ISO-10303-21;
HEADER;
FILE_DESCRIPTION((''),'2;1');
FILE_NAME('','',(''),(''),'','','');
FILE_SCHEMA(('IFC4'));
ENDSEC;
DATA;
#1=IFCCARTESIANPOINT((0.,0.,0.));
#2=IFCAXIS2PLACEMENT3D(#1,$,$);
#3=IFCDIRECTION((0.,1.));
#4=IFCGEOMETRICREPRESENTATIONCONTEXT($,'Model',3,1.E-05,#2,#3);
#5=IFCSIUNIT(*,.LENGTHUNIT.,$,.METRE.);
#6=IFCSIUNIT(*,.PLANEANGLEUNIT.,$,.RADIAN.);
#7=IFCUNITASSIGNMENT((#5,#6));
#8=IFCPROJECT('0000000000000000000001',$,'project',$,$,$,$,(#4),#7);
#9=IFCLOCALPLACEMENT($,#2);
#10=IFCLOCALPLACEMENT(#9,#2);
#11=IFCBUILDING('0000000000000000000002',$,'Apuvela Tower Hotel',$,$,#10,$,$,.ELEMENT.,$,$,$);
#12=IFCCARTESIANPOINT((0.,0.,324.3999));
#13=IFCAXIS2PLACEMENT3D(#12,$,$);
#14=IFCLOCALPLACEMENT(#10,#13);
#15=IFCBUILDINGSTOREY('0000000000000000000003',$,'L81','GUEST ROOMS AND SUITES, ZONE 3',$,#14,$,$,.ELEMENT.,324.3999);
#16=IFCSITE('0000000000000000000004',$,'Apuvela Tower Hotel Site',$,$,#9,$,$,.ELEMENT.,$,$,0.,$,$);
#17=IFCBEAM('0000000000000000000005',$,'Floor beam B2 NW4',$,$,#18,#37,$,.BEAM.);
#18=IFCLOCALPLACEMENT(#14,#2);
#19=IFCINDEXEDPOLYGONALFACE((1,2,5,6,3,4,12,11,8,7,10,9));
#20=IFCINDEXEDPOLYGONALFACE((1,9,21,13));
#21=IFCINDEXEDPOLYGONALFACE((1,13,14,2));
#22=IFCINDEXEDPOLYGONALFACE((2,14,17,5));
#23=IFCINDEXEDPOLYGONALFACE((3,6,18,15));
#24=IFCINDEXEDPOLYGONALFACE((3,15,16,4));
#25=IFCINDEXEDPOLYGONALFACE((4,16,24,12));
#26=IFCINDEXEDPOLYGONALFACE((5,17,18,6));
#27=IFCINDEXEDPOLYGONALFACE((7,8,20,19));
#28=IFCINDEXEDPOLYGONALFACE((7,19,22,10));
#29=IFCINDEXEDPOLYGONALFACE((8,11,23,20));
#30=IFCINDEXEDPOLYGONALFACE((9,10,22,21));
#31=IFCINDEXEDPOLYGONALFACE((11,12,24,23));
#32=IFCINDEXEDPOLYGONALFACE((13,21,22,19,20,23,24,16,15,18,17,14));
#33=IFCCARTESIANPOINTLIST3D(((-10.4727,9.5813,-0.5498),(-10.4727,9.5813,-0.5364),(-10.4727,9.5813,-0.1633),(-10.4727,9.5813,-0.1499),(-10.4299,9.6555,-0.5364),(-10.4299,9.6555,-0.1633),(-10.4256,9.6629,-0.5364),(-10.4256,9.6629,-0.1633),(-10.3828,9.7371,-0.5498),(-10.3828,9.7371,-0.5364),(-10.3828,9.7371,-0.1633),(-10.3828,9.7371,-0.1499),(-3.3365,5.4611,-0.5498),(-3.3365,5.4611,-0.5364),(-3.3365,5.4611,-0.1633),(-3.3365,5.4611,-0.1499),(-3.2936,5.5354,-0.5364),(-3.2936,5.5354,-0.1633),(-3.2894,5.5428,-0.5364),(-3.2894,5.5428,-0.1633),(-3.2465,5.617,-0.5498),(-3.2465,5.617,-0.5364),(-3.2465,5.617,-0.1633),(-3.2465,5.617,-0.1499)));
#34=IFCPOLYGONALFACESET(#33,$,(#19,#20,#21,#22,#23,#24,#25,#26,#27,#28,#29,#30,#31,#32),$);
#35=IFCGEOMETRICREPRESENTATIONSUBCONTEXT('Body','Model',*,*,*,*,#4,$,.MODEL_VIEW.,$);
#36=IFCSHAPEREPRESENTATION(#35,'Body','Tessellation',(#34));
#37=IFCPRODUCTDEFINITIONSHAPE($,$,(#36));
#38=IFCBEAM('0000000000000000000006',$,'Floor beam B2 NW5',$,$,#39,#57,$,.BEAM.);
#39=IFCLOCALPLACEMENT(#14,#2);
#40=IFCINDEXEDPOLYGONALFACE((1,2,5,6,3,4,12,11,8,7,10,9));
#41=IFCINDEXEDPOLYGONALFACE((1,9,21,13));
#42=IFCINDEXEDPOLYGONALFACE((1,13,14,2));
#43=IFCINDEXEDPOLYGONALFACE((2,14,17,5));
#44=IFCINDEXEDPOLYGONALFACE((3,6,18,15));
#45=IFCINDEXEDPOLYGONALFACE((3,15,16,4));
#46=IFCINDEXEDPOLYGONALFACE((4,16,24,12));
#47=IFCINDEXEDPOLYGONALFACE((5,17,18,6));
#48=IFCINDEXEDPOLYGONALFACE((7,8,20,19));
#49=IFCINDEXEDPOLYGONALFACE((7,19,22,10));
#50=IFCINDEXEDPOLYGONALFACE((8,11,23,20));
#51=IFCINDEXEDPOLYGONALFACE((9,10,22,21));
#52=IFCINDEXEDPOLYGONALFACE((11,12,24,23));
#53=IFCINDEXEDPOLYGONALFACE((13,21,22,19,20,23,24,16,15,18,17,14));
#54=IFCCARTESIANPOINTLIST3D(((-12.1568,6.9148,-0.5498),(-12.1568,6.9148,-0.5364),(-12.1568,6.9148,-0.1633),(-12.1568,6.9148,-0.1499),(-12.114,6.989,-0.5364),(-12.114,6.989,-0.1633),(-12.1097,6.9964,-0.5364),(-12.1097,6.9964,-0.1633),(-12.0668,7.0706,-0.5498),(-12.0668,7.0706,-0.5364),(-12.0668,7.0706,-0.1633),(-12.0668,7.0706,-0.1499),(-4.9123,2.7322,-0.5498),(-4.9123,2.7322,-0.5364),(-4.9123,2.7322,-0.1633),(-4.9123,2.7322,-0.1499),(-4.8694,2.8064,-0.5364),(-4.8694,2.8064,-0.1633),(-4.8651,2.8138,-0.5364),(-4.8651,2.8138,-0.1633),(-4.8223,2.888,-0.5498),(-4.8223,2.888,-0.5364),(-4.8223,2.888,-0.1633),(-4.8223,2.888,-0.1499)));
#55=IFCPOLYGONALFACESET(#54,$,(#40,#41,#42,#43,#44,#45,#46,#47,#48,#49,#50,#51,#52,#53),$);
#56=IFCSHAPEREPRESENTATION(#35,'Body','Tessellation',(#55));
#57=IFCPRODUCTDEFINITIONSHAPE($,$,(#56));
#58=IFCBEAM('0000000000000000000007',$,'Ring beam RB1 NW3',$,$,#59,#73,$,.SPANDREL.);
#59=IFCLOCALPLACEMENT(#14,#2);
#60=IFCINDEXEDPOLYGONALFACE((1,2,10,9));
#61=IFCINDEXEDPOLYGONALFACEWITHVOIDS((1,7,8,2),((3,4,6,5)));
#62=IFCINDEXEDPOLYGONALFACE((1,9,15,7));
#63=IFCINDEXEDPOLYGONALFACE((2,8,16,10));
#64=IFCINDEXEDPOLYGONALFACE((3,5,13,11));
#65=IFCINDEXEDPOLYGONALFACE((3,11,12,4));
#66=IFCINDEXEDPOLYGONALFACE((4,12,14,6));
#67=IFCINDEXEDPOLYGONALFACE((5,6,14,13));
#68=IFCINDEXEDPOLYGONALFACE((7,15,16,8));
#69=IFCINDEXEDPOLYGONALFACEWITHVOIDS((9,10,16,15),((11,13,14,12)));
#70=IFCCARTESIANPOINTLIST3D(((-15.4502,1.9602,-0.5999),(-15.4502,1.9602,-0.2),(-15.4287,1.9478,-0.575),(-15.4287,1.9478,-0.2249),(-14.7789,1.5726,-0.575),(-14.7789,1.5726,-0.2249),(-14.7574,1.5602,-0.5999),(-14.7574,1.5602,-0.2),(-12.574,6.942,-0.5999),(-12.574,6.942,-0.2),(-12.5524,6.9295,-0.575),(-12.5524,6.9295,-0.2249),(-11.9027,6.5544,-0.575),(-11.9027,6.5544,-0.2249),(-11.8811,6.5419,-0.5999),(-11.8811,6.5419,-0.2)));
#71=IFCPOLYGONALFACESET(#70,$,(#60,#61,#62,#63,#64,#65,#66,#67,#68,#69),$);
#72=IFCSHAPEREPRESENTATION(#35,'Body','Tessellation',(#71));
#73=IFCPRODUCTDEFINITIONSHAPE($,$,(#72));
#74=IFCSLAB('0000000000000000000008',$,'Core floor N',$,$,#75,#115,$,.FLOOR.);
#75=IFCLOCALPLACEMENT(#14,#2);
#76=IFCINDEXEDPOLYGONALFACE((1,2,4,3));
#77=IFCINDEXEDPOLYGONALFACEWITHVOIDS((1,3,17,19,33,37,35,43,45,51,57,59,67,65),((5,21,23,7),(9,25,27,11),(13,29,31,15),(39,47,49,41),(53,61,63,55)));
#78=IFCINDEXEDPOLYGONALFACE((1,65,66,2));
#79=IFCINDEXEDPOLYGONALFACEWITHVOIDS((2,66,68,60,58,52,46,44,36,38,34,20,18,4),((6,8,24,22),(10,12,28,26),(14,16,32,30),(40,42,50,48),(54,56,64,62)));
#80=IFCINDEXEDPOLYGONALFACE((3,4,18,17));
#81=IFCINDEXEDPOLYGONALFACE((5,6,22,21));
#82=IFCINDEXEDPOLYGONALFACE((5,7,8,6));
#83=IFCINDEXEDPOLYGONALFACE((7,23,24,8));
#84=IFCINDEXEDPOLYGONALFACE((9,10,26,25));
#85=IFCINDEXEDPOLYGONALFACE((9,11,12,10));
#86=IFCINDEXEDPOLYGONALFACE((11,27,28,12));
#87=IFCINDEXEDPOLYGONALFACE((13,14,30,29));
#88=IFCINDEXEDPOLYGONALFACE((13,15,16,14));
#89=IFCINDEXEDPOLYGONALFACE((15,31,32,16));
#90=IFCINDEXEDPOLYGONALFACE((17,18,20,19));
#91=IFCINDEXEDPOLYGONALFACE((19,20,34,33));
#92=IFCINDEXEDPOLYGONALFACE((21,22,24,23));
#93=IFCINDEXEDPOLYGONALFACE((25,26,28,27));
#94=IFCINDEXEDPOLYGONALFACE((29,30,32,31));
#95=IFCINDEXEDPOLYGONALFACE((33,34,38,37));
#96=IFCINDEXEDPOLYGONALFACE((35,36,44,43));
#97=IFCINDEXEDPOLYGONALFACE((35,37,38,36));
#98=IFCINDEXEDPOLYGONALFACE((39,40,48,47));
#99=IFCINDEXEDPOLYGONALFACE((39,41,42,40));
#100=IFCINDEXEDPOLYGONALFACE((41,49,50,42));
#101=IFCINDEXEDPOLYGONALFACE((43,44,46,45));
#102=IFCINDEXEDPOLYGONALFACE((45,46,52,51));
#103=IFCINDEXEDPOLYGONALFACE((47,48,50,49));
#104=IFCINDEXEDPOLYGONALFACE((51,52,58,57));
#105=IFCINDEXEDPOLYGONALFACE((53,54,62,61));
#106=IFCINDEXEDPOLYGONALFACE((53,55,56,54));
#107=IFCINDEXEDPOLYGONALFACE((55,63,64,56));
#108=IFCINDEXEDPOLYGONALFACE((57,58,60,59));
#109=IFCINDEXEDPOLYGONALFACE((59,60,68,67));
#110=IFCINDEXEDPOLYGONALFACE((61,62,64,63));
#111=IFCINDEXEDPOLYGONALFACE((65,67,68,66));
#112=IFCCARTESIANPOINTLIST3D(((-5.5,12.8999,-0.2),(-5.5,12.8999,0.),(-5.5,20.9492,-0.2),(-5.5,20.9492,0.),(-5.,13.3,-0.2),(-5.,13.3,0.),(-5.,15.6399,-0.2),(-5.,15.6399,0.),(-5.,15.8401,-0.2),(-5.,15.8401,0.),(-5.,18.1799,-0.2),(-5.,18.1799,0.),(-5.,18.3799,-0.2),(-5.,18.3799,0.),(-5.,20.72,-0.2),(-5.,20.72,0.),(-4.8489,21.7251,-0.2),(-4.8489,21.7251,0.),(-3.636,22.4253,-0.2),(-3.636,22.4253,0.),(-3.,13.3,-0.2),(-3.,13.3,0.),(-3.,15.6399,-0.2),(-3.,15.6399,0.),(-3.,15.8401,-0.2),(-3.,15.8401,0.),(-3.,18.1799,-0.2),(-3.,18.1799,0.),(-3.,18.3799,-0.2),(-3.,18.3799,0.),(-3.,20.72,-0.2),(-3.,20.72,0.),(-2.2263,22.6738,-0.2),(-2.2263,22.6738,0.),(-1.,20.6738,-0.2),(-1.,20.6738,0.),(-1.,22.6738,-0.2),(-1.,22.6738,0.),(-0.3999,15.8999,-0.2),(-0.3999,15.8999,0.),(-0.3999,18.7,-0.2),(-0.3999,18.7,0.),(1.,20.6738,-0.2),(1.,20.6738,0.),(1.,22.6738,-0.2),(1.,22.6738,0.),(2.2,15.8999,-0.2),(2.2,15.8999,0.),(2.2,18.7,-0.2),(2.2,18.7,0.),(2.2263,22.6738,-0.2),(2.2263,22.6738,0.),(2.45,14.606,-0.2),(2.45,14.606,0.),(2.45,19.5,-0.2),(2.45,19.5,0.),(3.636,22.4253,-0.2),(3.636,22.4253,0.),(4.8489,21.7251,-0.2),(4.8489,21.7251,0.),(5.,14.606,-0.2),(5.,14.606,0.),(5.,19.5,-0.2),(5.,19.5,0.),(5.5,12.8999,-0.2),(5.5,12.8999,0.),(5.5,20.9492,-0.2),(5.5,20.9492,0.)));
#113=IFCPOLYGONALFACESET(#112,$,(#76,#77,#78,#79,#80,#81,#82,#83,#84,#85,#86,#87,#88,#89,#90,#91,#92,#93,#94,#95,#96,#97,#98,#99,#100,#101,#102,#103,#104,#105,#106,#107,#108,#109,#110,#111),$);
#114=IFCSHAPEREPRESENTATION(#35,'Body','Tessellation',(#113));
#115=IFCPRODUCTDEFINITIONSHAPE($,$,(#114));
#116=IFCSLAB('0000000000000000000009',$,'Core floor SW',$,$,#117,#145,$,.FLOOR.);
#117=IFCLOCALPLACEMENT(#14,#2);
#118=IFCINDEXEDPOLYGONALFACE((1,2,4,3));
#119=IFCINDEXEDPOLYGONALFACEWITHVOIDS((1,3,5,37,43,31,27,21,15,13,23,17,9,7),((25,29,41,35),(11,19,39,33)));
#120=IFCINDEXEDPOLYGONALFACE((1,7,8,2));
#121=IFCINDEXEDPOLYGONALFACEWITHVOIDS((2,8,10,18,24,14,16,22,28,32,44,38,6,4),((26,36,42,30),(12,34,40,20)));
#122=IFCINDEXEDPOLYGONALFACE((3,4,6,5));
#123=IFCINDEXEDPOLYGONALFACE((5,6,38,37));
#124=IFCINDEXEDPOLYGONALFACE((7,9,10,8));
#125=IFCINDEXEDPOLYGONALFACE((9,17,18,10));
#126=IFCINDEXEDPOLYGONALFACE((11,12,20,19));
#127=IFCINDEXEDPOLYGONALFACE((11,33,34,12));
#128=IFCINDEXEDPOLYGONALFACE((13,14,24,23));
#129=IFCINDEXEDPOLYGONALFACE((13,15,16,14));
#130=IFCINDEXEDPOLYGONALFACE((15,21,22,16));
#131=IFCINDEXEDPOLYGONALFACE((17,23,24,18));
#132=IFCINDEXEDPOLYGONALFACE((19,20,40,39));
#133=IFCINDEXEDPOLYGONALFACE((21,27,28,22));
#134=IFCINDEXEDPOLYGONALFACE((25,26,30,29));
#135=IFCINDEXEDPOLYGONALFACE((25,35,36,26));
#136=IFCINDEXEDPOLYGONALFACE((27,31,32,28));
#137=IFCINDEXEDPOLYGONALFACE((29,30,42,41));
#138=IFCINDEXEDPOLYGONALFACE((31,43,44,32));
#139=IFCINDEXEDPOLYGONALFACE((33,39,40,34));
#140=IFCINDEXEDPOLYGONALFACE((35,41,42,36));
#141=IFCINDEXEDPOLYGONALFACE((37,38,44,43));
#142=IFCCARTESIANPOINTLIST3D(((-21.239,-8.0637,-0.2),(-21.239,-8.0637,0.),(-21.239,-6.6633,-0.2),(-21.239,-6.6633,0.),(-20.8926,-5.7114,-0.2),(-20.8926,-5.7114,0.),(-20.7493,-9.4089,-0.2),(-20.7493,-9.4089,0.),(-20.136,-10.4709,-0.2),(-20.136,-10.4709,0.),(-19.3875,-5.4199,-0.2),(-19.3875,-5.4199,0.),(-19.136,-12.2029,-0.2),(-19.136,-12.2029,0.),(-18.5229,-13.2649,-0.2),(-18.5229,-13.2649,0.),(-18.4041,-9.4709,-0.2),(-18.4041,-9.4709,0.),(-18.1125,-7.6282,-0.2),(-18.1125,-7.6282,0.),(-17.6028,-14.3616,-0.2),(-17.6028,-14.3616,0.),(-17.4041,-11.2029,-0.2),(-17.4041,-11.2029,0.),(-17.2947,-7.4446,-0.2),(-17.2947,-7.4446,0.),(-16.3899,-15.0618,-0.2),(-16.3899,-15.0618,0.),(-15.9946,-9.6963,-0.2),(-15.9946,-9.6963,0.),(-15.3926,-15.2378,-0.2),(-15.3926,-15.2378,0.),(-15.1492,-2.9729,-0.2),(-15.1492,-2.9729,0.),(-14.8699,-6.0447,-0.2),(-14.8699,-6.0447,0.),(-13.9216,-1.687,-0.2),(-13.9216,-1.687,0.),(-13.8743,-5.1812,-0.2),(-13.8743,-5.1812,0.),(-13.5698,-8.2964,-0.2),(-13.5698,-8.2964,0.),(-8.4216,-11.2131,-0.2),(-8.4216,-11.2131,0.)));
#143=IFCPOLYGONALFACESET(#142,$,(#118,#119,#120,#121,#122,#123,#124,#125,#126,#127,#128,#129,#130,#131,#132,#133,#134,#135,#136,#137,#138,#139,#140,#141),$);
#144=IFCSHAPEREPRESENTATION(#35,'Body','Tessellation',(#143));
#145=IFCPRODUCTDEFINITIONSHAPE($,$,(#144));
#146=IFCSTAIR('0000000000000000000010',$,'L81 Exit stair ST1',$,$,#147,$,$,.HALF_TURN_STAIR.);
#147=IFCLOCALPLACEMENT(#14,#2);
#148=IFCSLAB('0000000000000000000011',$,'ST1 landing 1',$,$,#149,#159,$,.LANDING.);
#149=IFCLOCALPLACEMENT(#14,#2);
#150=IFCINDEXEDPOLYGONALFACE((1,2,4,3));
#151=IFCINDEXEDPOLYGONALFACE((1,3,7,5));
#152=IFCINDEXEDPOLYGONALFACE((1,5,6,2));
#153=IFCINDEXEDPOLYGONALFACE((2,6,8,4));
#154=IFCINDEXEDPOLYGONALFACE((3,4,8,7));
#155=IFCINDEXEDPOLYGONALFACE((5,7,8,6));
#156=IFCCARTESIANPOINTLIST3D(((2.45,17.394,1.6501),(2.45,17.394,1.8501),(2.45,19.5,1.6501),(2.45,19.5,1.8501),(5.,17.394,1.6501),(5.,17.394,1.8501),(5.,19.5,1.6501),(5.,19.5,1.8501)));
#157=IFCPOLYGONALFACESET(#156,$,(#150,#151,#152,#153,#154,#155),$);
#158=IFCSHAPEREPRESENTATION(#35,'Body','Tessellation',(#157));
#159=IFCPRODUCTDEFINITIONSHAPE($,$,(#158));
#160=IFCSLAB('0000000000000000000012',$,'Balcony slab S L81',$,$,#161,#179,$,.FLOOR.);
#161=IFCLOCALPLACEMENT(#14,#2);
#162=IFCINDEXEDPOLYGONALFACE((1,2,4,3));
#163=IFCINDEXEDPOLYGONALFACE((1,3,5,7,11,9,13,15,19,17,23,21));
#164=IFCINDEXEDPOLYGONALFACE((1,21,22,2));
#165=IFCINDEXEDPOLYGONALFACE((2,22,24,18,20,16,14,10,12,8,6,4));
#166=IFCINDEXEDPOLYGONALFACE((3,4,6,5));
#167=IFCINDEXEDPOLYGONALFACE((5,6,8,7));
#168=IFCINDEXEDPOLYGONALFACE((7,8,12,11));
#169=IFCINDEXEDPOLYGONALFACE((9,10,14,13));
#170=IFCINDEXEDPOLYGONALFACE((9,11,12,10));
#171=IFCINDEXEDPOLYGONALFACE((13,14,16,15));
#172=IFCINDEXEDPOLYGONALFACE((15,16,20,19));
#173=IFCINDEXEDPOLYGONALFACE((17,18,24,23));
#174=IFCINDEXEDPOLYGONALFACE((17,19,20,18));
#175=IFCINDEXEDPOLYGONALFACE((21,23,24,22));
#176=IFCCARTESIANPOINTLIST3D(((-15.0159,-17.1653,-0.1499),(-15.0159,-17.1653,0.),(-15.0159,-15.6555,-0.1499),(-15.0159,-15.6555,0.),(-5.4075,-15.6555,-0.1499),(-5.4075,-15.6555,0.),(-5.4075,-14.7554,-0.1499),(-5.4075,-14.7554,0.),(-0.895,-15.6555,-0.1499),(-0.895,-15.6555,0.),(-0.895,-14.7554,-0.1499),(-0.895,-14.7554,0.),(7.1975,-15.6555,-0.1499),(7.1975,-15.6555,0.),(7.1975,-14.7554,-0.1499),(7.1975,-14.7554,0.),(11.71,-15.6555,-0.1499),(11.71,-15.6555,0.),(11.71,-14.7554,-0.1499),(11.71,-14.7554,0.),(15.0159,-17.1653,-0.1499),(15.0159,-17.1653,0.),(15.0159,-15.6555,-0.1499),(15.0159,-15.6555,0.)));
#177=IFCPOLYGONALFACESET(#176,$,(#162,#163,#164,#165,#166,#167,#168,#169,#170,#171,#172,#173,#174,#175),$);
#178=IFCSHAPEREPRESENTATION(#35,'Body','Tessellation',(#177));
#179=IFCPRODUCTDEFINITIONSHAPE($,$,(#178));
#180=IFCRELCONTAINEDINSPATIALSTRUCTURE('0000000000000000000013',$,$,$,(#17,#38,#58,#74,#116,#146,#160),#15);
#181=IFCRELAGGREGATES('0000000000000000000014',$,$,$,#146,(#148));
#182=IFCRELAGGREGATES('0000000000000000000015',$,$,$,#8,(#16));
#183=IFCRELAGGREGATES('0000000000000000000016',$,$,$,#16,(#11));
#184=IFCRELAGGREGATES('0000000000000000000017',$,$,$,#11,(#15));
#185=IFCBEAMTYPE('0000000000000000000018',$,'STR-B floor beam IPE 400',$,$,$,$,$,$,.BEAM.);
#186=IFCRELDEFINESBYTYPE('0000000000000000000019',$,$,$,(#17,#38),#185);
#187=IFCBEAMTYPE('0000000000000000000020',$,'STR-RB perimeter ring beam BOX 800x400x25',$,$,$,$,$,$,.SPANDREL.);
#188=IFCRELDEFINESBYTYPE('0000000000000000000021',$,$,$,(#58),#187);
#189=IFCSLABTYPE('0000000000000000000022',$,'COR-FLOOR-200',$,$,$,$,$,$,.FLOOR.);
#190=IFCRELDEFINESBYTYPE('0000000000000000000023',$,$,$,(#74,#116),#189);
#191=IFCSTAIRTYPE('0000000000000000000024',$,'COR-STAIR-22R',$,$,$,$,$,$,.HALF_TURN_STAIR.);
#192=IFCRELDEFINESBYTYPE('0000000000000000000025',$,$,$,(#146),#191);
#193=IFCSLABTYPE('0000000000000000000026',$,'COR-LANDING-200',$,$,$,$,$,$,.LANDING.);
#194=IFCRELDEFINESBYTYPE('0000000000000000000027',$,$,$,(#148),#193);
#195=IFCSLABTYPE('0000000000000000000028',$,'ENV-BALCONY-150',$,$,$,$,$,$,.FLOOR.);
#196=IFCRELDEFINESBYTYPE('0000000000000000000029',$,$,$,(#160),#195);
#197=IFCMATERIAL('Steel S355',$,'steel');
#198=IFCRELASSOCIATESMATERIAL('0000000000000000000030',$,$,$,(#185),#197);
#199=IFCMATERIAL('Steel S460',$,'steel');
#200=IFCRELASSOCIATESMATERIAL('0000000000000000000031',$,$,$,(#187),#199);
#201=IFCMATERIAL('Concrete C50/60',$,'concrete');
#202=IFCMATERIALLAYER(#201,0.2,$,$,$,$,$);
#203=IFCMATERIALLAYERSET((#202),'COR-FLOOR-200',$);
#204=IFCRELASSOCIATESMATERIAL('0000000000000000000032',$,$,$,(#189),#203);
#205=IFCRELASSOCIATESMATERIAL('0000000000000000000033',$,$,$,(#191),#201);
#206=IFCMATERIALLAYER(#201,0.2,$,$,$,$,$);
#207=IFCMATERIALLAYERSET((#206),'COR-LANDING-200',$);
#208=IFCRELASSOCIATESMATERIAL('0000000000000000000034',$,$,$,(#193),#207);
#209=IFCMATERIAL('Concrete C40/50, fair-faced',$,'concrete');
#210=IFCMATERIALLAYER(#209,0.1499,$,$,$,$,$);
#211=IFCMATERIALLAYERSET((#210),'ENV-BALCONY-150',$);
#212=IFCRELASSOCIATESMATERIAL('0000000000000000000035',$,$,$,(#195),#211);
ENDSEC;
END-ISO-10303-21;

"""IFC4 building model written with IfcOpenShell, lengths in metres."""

from ifc_helpers import new_model, si_unit, direction, frame, origin, origin_2d, place, context, subcontext, project, spatial, polyline, hollow_rectangle, i_section, outline, extrude, material, layer, layer_set, material_profile, profile_set, type_object, element, aggregate, save


model = new_model("IFC4")

# Units and contexts
model_context = context("Model", 3, precision=1e-05, world=origin(), true_north=direction((0.0, 1.0)))
body_context = subcontext(model_context, "Body", "Model", "MODEL_VIEW")
ifc_project = project(units=[si_unit("LENGTHUNIT", "METRE"), si_unit("PLANEANGLEUNIT", "RADIAN")], contexts=[model_context])

# Site, building, storey
site_placement = place(None, origin())
site = spatial("IfcSite", under=ifc_project, at=site_placement, Name="Apuvela Tower Hotel Site", CompositionType="ELEMENT", RefElevation=0.0)
building_placement = place(site_placement, origin())
building = spatial("IfcBuilding", under=site, at=building_placement, Name="Apuvela Tower Hotel", CompositionType="ELEMENT")
storey_placement = place(building_placement, frame((0.0, 0.0, 324.3999)))
storey = spatial("IfcBuildingStorey", under=building, at=storey_placement, Name="L81", Description="GUEST ROOMS AND SUITES, ZONE 3", CompositionType="ELEMENT", Elevation=324.3999)

# Beams
ifc_material_1 = material(Name="Steel S355", Category="steel")
ifc_material_profile_1 = material_profile(ifc_material_1, i_section(OverallWidth=0.1799, OverallDepth=0.3999, WebThickness=0.0085, FlangeThickness=0.0134, at=origin_2d()), Name="IPE 400")
ifc_profile_set_1 = profile_set([ifc_material_profile_1], Name="Steel S355")
beam_type_1 = type_object("IfcBeamType", Name="STR-B floor beam IPE 400", PredefinedType="BEAM", material=ifc_profile_set_1)
beam_1_placement = place(storey_placement, frame((-10.4277, 9.6592, -0.3499), z_axis=(0.866025, -0.500001, 0.0), x_axis=(0.500001, 0.866025, 0.0)))
element("IfcBeam", 1, at=beam_1_placement, inside=storey, type_object=beam_type_1, Name="Floor beam B2 NW4", PredefinedType="BEAM", context=body_context, shape_type="SweptSolid", body=[
    extrude(i_section(OverallWidth=0.1799, OverallDepth=0.3999, WebThickness=0.0085, FlangeThickness=0.0134, at=origin_2d()), origin(), (0.0, 0.0, 1.0), 8.2402),
])
beam_2_placement = place(storey_placement, frame((-12.1118, 6.9927, -0.3499), z_axis=(0.866029, -0.499994, 0.0), x_axis=(0.499994, 0.866029, 0.0)))
element("IfcBeam", 2, at=beam_2_placement, inside=storey, type_object=beam_type_1, Name="Floor beam B2 NW5", PredefinedType="BEAM", context=body_context, shape_type="SweptSolid", body=[
    extrude(i_section(OverallWidth=0.1799, OverallDepth=0.3999, WebThickness=0.0085, FlangeThickness=0.0134, at=origin_2d()), origin(), (0.0, 0.0, 1.0), 8.3652),
])
ifc_material_2 = material(Name="Steel S460", Category="steel")
ifc_material_profile_2 = material_profile(ifc_material_2, hollow_rectangle(XDim=0.8, YDim=0.3999, WallThickness=0.0249, at=origin_2d()), Name="BOX 800x400x25")
ifc_profile_set_2 = profile_set([ifc_material_profile_2], Name="Steel S460")
beam_type_2 = type_object("IfcBeamType", Name="STR-RB perimeter ring beam BOX 800x400x25", PredefinedType="SPANDREL", material=ifc_profile_set_2)
beam_3_placement = place(storey_placement, frame((-12.2275, 6.7419, -0.3999), z_axis=(-0.500005, -0.866022, 0.0), x_axis=(0.866022, -0.500005, 0.0)))
element("IfcBeam", 3, at=beam_3_placement, inside=storey, type_object=beam_type_2, Name="Ring beam RB1 NW3", PredefinedType="SPANDREL", context=body_context, shape_type="SweptSolid", body=[
    extrude(hollow_rectangle(XDim=0.8, YDim=0.3999, WallThickness=0.0249, at=origin_2d()), origin(), (0.0, 0.0, 1.0), 5.7524),
])

# Slabs
ifc_material_3 = material(Name="Concrete C50/60", Category="concrete")
ifc_layer_1 = layer(ifc_material_3, 0.2)
ifc_layer_set_1 = layer_set([ifc_layer_1], Name="COR-FLOOR-200")
slab_type_1 = type_object("IfcSlabType", Name="COR-FLOOR-200", PredefinedType="FLOOR", material=ifc_layer_set_1)
slab_1_placement = place(storey_placement, frame((0.0, 0.0, -0.2)))
element("IfcSlab", 4, at=slab_1_placement, inside=storey, type_object=slab_type_1, Name="Core floor N", PredefinedType="FLOOR", context=body_context, shape_type="SweptSolid", body=[
    extrude(outline(polyline([(4.8489, 21.7251), (3.636, 22.4253), (2.2263, 22.6738), (1.0, 22.6738), (1.0, 20.6738), (-1.0, 20.6738), (-1.0, 22.6738), (-2.2263, 22.6738), (-3.636, 22.4253), (-4.8489, 21.7251), (-5.5, 20.9492), (-5.5, 12.8999), (5.5, 12.8999), (5.5, 20.9492), (4.8489, 21.7251)]), holes=[polyline([(-3.0, 13.3), (-5.0, 13.3), (-5.0, 15.6399), (-3.0, 15.6399), (-3.0, 13.3)]), polyline([(-3.0, 15.8401), (-5.0, 15.8401), (-5.0, 18.1799), (-3.0, 18.1799), (-3.0, 15.8401)]), polyline([(5.0, 14.606), (2.45, 14.606), (2.45, 19.5), (5.0, 19.5), (5.0, 14.606)]), polyline([(2.2, 18.7), (2.2, 15.8999), (-0.3999, 15.8999), (-0.3999, 18.7), (2.2, 18.7)]), polyline([(-3.0, 20.72), (-3.0, 18.3799), (-5.0, 18.3799), (-5.0, 20.72), (-3.0, 20.72)])]), origin(), (0.0, 0.0, 1.0), 0.2),
])
slab_2_placement = place(storey_placement, frame((0.0, 0.0, -0.2)))
element("IfcSlab", 5, at=slab_2_placement, inside=storey, type_object=slab_type_1, Name="Core floor SW", PredefinedType="FLOOR", context=body_context, shape_type="SweptSolid", body=[
    extrude(outline(polyline([(-21.239, -6.6633), (-21.239, -8.0637), (-20.7493, -9.4089), (-20.136, -10.4709), (-18.4041, -9.4709), (-17.4041, -11.2029), (-19.136, -12.2029), (-18.5229, -13.2649), (-17.6028, -14.3616), (-16.3899, -15.0618), (-15.3926, -15.2378), (-8.4216, -11.2131), (-13.9216, -1.687), (-20.8926, -5.7114), (-21.239, -6.6633)]), holes=[polyline([(-13.8743, -5.1812), (-18.1125, -7.6282), (-19.3875, -5.4199), (-15.1492, -2.9729), (-13.8743, -5.1812)]), polyline([(-13.5698, -8.2964), (-15.9946, -9.6963), (-17.2947, -7.4446), (-14.8699, -6.0447), (-13.5698, -8.2964)])]), origin(), (0.0, 0.0, 1.0), 0.2),
])

# Stair, slab
stair_type = type_object("IfcStairType", Name="COR-STAIR-22R", PredefinedType="HALF_TURN_STAIR", material=ifc_material_3)
stair_placement = place(storey_placement, origin())
stair = element("IfcStair", 6, at=stair_placement, inside=storey, type_object=stair_type, Name="L81 Exit stair ST1", PredefinedType="HALF_TURN_STAIR")
ifc_layer_2 = layer(ifc_material_3, 0.2)
ifc_layer_set_2 = layer_set([ifc_layer_2], Name="COR-LANDING-200")
slab_type_2 = type_object("IfcSlabType", Name="COR-LANDING-200", PredefinedType="LANDING", material=ifc_layer_set_2)
slab_3_placement = place(storey_placement, frame((0.0, 0.0, 1.6501)))
slab_3 = element("IfcSlab", 7, at=slab_3_placement, type_object=slab_type_2, Name="ST1 landing 1", PredefinedType="LANDING", context=body_context, shape_type="SweptSolid", body=[
    extrude(outline(polyline([(5.0, 17.394), (5.0, 19.5), (2.45, 19.5), (2.45, 17.394), (5.0, 17.394)])), origin(), (0.0, 0.0, 1.0), 0.2),
])
aggregate(stair, [slab_3])

# Slab
ifc_material_4 = material(Name="Concrete C40/50, fair-faced", Category="concrete")
ifc_layer_3 = layer(ifc_material_4, 0.1499)
ifc_layer_set_3 = layer_set([ifc_layer_3], Name="ENV-BALCONY-150")
slab_type_3 = type_object("IfcSlabType", Name="ENV-BALCONY-150", PredefinedType="FLOOR", material=ifc_layer_set_3)
slab_4_placement = place(storey_placement, frame((0.0, 0.0, -0.1499)))
element("IfcSlab", 8, at=slab_4_placement, inside=storey, type_object=slab_type_3, Name="Balcony slab S L81", PredefinedType="FLOOR", context=body_context, shape_type="SweptSolid", body=[
    extrude(outline(polyline([(-15.0159, -15.6555), (-5.4075, -15.6555), (-5.4075, -14.7554), (-0.895, -14.7554), (-0.895, -15.6555), (7.1975, -15.6555), (7.1975, -14.7554), (11.71, -14.7554), (11.71, -15.6555), (15.0159, -15.6555), (15.0159, -17.1653), (-15.0159, -17.1653), (-15.0159, -15.6555)])), origin(), (0.0, 0.0, 1.0), 0.1499),
])

save(model, "model.ifc")
